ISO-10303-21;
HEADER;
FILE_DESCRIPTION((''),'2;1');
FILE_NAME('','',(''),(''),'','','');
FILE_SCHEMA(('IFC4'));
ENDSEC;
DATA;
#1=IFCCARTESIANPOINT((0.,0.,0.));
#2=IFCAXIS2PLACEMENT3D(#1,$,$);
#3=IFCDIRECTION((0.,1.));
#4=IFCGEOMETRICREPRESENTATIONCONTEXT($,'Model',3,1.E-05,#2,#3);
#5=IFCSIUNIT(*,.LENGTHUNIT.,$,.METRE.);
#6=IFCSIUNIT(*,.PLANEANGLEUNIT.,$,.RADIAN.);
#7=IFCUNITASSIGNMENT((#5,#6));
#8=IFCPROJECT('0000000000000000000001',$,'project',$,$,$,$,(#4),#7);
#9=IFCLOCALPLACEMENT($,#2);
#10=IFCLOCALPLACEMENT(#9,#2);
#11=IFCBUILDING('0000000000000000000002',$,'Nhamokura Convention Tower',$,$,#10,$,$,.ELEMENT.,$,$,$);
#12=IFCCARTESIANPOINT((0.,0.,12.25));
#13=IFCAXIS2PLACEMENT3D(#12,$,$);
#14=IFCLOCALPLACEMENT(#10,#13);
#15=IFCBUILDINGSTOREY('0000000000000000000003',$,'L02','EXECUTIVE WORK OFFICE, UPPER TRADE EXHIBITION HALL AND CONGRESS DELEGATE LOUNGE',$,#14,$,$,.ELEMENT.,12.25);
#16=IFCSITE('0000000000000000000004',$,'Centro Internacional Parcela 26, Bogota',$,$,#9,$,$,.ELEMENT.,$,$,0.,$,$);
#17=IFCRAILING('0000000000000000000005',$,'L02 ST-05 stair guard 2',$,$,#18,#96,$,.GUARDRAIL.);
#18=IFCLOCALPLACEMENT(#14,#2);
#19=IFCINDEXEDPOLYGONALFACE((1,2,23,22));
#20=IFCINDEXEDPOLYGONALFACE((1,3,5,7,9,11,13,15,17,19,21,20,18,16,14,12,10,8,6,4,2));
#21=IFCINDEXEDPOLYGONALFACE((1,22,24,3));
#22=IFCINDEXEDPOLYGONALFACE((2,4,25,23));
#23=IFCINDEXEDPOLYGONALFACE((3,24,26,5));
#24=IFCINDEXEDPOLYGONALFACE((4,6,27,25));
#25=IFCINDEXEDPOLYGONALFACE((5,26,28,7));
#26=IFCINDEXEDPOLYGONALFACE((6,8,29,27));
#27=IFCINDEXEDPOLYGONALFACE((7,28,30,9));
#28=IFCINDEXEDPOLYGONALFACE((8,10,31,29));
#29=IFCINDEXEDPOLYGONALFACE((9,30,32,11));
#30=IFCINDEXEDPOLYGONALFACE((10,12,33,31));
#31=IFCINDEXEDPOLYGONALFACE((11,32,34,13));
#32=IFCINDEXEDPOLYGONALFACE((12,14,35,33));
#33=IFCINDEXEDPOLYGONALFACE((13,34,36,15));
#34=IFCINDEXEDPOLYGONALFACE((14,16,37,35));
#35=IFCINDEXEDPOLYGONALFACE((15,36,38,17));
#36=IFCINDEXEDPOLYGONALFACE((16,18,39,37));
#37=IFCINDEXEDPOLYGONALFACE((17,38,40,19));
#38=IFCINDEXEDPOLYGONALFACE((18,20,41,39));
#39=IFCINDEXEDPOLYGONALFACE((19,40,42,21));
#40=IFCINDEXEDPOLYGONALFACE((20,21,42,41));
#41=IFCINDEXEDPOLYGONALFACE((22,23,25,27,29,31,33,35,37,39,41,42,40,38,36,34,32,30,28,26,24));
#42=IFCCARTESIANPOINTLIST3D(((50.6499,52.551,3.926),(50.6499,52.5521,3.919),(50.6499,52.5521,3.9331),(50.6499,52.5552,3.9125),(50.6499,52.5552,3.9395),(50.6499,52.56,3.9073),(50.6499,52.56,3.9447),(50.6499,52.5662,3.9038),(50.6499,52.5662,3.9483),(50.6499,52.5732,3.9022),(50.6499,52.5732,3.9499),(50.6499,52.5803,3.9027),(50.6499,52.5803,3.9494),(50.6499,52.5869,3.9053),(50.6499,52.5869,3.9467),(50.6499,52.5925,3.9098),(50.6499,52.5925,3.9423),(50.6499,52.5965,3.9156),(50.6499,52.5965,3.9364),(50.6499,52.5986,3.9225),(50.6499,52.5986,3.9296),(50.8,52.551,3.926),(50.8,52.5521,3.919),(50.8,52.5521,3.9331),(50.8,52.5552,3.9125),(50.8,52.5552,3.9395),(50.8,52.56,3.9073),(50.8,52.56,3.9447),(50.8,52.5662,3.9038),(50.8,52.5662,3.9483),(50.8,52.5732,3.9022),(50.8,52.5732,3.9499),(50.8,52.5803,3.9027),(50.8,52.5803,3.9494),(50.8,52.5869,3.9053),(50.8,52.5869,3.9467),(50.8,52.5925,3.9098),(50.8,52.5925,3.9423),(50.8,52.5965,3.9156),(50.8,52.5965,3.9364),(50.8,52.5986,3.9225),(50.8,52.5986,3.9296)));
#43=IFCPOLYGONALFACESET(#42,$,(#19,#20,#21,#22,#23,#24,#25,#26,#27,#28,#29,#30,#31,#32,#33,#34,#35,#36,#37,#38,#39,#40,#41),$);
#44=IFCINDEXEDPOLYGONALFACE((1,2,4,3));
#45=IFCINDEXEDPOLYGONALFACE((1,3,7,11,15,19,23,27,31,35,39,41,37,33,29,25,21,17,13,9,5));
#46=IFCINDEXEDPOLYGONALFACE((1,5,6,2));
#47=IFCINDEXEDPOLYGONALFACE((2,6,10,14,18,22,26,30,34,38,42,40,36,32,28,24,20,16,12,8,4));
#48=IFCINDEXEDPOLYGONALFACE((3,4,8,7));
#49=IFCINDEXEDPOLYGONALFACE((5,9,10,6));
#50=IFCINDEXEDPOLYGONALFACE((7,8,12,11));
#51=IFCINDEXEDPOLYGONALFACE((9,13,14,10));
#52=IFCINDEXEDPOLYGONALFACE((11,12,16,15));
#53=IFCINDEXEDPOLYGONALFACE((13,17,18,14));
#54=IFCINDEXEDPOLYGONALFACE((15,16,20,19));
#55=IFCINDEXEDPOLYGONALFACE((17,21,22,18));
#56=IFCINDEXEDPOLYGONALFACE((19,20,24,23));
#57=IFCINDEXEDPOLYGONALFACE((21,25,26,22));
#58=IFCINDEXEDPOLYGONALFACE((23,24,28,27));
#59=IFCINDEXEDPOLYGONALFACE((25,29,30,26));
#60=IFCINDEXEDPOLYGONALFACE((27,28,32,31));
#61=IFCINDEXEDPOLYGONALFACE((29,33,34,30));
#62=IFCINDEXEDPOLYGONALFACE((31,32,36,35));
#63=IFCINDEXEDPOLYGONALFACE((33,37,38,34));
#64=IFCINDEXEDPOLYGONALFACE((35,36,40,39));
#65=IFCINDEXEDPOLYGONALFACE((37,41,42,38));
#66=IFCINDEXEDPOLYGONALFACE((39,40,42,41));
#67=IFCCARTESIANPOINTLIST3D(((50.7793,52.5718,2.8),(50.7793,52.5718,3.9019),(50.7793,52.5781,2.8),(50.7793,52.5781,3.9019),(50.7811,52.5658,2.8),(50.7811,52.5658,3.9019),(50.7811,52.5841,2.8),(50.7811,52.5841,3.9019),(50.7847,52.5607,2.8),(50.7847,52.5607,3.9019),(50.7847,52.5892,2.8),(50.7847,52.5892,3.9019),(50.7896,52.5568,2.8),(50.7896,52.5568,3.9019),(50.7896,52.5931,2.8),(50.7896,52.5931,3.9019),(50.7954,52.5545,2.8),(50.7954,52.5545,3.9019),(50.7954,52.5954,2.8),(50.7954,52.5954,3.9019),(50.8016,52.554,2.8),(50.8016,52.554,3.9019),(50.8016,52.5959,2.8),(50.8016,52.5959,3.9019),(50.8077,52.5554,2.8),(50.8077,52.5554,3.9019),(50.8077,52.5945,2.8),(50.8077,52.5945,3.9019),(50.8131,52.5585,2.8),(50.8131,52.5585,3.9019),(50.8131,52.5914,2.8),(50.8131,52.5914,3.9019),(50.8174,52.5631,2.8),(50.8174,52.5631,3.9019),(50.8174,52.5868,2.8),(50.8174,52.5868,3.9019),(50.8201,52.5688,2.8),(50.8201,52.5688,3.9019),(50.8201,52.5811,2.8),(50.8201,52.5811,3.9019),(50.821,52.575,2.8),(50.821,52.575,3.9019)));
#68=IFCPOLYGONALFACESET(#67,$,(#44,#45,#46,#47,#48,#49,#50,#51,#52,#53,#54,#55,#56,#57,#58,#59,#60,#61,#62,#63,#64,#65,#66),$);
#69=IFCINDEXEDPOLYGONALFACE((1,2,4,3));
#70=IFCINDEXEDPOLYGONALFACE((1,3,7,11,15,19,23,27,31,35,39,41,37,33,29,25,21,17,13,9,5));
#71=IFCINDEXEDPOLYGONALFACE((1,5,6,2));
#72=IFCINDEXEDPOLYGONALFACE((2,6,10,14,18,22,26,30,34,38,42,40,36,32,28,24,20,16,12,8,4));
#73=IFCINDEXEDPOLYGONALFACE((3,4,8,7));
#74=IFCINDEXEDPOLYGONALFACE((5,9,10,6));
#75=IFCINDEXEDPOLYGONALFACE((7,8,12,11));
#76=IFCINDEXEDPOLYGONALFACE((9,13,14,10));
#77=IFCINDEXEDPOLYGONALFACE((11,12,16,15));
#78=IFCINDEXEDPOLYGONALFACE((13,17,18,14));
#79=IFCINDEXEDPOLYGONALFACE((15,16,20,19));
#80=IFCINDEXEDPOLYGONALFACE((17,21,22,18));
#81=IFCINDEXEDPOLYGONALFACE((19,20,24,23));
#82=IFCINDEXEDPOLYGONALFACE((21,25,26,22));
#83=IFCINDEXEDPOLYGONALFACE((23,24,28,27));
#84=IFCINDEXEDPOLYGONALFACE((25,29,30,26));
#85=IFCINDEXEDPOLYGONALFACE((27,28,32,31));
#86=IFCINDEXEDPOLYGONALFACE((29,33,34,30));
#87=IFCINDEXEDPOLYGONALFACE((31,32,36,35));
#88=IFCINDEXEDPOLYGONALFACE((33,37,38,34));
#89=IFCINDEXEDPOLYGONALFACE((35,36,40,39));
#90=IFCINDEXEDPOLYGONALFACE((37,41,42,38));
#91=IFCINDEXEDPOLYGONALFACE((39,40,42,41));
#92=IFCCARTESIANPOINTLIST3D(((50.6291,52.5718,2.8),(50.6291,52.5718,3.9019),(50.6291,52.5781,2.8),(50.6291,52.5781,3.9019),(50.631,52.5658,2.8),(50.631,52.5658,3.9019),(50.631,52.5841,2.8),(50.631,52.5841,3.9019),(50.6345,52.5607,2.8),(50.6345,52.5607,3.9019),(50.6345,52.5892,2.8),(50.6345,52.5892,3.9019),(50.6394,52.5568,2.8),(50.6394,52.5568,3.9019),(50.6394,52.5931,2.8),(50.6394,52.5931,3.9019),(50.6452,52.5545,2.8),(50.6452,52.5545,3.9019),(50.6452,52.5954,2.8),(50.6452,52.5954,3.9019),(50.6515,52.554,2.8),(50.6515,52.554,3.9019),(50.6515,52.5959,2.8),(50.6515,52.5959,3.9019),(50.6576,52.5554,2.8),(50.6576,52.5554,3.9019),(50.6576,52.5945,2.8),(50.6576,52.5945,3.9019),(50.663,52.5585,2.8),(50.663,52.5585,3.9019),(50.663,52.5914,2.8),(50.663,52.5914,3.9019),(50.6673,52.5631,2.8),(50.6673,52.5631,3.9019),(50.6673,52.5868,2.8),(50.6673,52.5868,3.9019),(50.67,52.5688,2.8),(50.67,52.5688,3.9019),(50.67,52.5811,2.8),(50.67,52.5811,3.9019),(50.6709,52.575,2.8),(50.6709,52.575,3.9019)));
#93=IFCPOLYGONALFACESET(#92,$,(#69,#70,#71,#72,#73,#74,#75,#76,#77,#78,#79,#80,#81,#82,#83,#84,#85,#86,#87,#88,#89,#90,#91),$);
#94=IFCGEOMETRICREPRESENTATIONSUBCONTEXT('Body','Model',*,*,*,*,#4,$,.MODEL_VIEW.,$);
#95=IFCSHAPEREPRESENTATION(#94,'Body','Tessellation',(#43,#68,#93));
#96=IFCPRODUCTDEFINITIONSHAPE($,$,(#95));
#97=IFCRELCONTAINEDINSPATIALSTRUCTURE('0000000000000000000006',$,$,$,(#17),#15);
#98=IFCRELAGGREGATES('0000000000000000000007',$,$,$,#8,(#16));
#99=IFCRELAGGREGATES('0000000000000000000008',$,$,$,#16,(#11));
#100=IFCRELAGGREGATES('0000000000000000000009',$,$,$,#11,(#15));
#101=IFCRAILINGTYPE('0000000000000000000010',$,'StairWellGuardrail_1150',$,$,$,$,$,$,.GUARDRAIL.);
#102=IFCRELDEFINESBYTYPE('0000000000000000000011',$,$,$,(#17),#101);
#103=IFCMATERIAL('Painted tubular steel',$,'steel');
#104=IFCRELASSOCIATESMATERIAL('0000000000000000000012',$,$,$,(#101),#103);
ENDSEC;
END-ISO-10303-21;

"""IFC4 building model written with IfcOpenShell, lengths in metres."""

from ifc_helpers import new_model, si_unit, direction, frame, origin, origin_2d, place, context, subcontext, project, spatial, circle, extrude, material, type_object, element, save


model = new_model("IFC4")

# Units and contexts
model_context = context("Model", 3, precision=1e-05, world=origin(), true_north=direction((0.0, 1.0)))
body_context = subcontext(model_context, "Body", "Model", "MODEL_VIEW")
ifc_project = project(units=[si_unit("LENGTHUNIT", "METRE"), si_unit("PLANEANGLEUNIT", "RADIAN")], contexts=[model_context])

# Site, building, storey
site_placement = place(None, origin())
site = spatial("IfcSite", under=ifc_project, at=site_placement, Name="Centro Internacional Parcela 26, Bogota", CompositionType="ELEMENT", RefElevation=0.0)
building_placement = place(site_placement, origin())
building = spatial("IfcBuilding", under=site, at=building_placement, Name="Nhamokura Convention Tower", CompositionType="ELEMENT")
storey_placement = place(building_placement, frame((0.0, 0.0, 12.25)))
storey = spatial("IfcBuildingStorey", under=building, at=storey_placement, Name="L02", Description="EXECUTIVE WORK OFFICE, UPPER TRADE EXHIBITION HALL AND CONGRESS DELEGATE LOUNGE", CompositionType="ELEMENT", Elevation=12.25)

# Railing
ifc_material_1 = material(Name="Painted tubular steel", Category="steel")
railing_type_1 = type_object("IfcRailingType", Name="StairWellGuardrail_1150", PredefinedType="GUARDRAIL", material=ifc_material_1)
railing_1_placement = place(storey_placement, frame((50.8, 52.575, 2.8)))
element("IfcRailing", 1, at=railing_1_placement, inside=storey, type_object=railing_type_1, Name="L02 ST-05 stair guard 2", PredefinedType="GUARDRAIL", context=body_context, shape_type="SweptSolid", body=[
    extrude(circle(Radius=0.0239, at=origin_2d()), frame((0.0, 0.0, 1.126), z_axis=(-1.0, 0.0, 0.0), x_axis=(0.0, -1.0, 0.0)), (0.0, 0.0, 1.0), 0.1501),
    extrude(circle(Radius=0.021, at=origin_2d()), origin(), (0.0, 0.0, 1.0), 1.1018),
    extrude(circle(Radius=0.021, at=origin_2d()), frame((-0.1501, 0.0, 0.0)), (0.0, 0.0, 1.0), 1.1018),
])

save(model, "model.ifc")
